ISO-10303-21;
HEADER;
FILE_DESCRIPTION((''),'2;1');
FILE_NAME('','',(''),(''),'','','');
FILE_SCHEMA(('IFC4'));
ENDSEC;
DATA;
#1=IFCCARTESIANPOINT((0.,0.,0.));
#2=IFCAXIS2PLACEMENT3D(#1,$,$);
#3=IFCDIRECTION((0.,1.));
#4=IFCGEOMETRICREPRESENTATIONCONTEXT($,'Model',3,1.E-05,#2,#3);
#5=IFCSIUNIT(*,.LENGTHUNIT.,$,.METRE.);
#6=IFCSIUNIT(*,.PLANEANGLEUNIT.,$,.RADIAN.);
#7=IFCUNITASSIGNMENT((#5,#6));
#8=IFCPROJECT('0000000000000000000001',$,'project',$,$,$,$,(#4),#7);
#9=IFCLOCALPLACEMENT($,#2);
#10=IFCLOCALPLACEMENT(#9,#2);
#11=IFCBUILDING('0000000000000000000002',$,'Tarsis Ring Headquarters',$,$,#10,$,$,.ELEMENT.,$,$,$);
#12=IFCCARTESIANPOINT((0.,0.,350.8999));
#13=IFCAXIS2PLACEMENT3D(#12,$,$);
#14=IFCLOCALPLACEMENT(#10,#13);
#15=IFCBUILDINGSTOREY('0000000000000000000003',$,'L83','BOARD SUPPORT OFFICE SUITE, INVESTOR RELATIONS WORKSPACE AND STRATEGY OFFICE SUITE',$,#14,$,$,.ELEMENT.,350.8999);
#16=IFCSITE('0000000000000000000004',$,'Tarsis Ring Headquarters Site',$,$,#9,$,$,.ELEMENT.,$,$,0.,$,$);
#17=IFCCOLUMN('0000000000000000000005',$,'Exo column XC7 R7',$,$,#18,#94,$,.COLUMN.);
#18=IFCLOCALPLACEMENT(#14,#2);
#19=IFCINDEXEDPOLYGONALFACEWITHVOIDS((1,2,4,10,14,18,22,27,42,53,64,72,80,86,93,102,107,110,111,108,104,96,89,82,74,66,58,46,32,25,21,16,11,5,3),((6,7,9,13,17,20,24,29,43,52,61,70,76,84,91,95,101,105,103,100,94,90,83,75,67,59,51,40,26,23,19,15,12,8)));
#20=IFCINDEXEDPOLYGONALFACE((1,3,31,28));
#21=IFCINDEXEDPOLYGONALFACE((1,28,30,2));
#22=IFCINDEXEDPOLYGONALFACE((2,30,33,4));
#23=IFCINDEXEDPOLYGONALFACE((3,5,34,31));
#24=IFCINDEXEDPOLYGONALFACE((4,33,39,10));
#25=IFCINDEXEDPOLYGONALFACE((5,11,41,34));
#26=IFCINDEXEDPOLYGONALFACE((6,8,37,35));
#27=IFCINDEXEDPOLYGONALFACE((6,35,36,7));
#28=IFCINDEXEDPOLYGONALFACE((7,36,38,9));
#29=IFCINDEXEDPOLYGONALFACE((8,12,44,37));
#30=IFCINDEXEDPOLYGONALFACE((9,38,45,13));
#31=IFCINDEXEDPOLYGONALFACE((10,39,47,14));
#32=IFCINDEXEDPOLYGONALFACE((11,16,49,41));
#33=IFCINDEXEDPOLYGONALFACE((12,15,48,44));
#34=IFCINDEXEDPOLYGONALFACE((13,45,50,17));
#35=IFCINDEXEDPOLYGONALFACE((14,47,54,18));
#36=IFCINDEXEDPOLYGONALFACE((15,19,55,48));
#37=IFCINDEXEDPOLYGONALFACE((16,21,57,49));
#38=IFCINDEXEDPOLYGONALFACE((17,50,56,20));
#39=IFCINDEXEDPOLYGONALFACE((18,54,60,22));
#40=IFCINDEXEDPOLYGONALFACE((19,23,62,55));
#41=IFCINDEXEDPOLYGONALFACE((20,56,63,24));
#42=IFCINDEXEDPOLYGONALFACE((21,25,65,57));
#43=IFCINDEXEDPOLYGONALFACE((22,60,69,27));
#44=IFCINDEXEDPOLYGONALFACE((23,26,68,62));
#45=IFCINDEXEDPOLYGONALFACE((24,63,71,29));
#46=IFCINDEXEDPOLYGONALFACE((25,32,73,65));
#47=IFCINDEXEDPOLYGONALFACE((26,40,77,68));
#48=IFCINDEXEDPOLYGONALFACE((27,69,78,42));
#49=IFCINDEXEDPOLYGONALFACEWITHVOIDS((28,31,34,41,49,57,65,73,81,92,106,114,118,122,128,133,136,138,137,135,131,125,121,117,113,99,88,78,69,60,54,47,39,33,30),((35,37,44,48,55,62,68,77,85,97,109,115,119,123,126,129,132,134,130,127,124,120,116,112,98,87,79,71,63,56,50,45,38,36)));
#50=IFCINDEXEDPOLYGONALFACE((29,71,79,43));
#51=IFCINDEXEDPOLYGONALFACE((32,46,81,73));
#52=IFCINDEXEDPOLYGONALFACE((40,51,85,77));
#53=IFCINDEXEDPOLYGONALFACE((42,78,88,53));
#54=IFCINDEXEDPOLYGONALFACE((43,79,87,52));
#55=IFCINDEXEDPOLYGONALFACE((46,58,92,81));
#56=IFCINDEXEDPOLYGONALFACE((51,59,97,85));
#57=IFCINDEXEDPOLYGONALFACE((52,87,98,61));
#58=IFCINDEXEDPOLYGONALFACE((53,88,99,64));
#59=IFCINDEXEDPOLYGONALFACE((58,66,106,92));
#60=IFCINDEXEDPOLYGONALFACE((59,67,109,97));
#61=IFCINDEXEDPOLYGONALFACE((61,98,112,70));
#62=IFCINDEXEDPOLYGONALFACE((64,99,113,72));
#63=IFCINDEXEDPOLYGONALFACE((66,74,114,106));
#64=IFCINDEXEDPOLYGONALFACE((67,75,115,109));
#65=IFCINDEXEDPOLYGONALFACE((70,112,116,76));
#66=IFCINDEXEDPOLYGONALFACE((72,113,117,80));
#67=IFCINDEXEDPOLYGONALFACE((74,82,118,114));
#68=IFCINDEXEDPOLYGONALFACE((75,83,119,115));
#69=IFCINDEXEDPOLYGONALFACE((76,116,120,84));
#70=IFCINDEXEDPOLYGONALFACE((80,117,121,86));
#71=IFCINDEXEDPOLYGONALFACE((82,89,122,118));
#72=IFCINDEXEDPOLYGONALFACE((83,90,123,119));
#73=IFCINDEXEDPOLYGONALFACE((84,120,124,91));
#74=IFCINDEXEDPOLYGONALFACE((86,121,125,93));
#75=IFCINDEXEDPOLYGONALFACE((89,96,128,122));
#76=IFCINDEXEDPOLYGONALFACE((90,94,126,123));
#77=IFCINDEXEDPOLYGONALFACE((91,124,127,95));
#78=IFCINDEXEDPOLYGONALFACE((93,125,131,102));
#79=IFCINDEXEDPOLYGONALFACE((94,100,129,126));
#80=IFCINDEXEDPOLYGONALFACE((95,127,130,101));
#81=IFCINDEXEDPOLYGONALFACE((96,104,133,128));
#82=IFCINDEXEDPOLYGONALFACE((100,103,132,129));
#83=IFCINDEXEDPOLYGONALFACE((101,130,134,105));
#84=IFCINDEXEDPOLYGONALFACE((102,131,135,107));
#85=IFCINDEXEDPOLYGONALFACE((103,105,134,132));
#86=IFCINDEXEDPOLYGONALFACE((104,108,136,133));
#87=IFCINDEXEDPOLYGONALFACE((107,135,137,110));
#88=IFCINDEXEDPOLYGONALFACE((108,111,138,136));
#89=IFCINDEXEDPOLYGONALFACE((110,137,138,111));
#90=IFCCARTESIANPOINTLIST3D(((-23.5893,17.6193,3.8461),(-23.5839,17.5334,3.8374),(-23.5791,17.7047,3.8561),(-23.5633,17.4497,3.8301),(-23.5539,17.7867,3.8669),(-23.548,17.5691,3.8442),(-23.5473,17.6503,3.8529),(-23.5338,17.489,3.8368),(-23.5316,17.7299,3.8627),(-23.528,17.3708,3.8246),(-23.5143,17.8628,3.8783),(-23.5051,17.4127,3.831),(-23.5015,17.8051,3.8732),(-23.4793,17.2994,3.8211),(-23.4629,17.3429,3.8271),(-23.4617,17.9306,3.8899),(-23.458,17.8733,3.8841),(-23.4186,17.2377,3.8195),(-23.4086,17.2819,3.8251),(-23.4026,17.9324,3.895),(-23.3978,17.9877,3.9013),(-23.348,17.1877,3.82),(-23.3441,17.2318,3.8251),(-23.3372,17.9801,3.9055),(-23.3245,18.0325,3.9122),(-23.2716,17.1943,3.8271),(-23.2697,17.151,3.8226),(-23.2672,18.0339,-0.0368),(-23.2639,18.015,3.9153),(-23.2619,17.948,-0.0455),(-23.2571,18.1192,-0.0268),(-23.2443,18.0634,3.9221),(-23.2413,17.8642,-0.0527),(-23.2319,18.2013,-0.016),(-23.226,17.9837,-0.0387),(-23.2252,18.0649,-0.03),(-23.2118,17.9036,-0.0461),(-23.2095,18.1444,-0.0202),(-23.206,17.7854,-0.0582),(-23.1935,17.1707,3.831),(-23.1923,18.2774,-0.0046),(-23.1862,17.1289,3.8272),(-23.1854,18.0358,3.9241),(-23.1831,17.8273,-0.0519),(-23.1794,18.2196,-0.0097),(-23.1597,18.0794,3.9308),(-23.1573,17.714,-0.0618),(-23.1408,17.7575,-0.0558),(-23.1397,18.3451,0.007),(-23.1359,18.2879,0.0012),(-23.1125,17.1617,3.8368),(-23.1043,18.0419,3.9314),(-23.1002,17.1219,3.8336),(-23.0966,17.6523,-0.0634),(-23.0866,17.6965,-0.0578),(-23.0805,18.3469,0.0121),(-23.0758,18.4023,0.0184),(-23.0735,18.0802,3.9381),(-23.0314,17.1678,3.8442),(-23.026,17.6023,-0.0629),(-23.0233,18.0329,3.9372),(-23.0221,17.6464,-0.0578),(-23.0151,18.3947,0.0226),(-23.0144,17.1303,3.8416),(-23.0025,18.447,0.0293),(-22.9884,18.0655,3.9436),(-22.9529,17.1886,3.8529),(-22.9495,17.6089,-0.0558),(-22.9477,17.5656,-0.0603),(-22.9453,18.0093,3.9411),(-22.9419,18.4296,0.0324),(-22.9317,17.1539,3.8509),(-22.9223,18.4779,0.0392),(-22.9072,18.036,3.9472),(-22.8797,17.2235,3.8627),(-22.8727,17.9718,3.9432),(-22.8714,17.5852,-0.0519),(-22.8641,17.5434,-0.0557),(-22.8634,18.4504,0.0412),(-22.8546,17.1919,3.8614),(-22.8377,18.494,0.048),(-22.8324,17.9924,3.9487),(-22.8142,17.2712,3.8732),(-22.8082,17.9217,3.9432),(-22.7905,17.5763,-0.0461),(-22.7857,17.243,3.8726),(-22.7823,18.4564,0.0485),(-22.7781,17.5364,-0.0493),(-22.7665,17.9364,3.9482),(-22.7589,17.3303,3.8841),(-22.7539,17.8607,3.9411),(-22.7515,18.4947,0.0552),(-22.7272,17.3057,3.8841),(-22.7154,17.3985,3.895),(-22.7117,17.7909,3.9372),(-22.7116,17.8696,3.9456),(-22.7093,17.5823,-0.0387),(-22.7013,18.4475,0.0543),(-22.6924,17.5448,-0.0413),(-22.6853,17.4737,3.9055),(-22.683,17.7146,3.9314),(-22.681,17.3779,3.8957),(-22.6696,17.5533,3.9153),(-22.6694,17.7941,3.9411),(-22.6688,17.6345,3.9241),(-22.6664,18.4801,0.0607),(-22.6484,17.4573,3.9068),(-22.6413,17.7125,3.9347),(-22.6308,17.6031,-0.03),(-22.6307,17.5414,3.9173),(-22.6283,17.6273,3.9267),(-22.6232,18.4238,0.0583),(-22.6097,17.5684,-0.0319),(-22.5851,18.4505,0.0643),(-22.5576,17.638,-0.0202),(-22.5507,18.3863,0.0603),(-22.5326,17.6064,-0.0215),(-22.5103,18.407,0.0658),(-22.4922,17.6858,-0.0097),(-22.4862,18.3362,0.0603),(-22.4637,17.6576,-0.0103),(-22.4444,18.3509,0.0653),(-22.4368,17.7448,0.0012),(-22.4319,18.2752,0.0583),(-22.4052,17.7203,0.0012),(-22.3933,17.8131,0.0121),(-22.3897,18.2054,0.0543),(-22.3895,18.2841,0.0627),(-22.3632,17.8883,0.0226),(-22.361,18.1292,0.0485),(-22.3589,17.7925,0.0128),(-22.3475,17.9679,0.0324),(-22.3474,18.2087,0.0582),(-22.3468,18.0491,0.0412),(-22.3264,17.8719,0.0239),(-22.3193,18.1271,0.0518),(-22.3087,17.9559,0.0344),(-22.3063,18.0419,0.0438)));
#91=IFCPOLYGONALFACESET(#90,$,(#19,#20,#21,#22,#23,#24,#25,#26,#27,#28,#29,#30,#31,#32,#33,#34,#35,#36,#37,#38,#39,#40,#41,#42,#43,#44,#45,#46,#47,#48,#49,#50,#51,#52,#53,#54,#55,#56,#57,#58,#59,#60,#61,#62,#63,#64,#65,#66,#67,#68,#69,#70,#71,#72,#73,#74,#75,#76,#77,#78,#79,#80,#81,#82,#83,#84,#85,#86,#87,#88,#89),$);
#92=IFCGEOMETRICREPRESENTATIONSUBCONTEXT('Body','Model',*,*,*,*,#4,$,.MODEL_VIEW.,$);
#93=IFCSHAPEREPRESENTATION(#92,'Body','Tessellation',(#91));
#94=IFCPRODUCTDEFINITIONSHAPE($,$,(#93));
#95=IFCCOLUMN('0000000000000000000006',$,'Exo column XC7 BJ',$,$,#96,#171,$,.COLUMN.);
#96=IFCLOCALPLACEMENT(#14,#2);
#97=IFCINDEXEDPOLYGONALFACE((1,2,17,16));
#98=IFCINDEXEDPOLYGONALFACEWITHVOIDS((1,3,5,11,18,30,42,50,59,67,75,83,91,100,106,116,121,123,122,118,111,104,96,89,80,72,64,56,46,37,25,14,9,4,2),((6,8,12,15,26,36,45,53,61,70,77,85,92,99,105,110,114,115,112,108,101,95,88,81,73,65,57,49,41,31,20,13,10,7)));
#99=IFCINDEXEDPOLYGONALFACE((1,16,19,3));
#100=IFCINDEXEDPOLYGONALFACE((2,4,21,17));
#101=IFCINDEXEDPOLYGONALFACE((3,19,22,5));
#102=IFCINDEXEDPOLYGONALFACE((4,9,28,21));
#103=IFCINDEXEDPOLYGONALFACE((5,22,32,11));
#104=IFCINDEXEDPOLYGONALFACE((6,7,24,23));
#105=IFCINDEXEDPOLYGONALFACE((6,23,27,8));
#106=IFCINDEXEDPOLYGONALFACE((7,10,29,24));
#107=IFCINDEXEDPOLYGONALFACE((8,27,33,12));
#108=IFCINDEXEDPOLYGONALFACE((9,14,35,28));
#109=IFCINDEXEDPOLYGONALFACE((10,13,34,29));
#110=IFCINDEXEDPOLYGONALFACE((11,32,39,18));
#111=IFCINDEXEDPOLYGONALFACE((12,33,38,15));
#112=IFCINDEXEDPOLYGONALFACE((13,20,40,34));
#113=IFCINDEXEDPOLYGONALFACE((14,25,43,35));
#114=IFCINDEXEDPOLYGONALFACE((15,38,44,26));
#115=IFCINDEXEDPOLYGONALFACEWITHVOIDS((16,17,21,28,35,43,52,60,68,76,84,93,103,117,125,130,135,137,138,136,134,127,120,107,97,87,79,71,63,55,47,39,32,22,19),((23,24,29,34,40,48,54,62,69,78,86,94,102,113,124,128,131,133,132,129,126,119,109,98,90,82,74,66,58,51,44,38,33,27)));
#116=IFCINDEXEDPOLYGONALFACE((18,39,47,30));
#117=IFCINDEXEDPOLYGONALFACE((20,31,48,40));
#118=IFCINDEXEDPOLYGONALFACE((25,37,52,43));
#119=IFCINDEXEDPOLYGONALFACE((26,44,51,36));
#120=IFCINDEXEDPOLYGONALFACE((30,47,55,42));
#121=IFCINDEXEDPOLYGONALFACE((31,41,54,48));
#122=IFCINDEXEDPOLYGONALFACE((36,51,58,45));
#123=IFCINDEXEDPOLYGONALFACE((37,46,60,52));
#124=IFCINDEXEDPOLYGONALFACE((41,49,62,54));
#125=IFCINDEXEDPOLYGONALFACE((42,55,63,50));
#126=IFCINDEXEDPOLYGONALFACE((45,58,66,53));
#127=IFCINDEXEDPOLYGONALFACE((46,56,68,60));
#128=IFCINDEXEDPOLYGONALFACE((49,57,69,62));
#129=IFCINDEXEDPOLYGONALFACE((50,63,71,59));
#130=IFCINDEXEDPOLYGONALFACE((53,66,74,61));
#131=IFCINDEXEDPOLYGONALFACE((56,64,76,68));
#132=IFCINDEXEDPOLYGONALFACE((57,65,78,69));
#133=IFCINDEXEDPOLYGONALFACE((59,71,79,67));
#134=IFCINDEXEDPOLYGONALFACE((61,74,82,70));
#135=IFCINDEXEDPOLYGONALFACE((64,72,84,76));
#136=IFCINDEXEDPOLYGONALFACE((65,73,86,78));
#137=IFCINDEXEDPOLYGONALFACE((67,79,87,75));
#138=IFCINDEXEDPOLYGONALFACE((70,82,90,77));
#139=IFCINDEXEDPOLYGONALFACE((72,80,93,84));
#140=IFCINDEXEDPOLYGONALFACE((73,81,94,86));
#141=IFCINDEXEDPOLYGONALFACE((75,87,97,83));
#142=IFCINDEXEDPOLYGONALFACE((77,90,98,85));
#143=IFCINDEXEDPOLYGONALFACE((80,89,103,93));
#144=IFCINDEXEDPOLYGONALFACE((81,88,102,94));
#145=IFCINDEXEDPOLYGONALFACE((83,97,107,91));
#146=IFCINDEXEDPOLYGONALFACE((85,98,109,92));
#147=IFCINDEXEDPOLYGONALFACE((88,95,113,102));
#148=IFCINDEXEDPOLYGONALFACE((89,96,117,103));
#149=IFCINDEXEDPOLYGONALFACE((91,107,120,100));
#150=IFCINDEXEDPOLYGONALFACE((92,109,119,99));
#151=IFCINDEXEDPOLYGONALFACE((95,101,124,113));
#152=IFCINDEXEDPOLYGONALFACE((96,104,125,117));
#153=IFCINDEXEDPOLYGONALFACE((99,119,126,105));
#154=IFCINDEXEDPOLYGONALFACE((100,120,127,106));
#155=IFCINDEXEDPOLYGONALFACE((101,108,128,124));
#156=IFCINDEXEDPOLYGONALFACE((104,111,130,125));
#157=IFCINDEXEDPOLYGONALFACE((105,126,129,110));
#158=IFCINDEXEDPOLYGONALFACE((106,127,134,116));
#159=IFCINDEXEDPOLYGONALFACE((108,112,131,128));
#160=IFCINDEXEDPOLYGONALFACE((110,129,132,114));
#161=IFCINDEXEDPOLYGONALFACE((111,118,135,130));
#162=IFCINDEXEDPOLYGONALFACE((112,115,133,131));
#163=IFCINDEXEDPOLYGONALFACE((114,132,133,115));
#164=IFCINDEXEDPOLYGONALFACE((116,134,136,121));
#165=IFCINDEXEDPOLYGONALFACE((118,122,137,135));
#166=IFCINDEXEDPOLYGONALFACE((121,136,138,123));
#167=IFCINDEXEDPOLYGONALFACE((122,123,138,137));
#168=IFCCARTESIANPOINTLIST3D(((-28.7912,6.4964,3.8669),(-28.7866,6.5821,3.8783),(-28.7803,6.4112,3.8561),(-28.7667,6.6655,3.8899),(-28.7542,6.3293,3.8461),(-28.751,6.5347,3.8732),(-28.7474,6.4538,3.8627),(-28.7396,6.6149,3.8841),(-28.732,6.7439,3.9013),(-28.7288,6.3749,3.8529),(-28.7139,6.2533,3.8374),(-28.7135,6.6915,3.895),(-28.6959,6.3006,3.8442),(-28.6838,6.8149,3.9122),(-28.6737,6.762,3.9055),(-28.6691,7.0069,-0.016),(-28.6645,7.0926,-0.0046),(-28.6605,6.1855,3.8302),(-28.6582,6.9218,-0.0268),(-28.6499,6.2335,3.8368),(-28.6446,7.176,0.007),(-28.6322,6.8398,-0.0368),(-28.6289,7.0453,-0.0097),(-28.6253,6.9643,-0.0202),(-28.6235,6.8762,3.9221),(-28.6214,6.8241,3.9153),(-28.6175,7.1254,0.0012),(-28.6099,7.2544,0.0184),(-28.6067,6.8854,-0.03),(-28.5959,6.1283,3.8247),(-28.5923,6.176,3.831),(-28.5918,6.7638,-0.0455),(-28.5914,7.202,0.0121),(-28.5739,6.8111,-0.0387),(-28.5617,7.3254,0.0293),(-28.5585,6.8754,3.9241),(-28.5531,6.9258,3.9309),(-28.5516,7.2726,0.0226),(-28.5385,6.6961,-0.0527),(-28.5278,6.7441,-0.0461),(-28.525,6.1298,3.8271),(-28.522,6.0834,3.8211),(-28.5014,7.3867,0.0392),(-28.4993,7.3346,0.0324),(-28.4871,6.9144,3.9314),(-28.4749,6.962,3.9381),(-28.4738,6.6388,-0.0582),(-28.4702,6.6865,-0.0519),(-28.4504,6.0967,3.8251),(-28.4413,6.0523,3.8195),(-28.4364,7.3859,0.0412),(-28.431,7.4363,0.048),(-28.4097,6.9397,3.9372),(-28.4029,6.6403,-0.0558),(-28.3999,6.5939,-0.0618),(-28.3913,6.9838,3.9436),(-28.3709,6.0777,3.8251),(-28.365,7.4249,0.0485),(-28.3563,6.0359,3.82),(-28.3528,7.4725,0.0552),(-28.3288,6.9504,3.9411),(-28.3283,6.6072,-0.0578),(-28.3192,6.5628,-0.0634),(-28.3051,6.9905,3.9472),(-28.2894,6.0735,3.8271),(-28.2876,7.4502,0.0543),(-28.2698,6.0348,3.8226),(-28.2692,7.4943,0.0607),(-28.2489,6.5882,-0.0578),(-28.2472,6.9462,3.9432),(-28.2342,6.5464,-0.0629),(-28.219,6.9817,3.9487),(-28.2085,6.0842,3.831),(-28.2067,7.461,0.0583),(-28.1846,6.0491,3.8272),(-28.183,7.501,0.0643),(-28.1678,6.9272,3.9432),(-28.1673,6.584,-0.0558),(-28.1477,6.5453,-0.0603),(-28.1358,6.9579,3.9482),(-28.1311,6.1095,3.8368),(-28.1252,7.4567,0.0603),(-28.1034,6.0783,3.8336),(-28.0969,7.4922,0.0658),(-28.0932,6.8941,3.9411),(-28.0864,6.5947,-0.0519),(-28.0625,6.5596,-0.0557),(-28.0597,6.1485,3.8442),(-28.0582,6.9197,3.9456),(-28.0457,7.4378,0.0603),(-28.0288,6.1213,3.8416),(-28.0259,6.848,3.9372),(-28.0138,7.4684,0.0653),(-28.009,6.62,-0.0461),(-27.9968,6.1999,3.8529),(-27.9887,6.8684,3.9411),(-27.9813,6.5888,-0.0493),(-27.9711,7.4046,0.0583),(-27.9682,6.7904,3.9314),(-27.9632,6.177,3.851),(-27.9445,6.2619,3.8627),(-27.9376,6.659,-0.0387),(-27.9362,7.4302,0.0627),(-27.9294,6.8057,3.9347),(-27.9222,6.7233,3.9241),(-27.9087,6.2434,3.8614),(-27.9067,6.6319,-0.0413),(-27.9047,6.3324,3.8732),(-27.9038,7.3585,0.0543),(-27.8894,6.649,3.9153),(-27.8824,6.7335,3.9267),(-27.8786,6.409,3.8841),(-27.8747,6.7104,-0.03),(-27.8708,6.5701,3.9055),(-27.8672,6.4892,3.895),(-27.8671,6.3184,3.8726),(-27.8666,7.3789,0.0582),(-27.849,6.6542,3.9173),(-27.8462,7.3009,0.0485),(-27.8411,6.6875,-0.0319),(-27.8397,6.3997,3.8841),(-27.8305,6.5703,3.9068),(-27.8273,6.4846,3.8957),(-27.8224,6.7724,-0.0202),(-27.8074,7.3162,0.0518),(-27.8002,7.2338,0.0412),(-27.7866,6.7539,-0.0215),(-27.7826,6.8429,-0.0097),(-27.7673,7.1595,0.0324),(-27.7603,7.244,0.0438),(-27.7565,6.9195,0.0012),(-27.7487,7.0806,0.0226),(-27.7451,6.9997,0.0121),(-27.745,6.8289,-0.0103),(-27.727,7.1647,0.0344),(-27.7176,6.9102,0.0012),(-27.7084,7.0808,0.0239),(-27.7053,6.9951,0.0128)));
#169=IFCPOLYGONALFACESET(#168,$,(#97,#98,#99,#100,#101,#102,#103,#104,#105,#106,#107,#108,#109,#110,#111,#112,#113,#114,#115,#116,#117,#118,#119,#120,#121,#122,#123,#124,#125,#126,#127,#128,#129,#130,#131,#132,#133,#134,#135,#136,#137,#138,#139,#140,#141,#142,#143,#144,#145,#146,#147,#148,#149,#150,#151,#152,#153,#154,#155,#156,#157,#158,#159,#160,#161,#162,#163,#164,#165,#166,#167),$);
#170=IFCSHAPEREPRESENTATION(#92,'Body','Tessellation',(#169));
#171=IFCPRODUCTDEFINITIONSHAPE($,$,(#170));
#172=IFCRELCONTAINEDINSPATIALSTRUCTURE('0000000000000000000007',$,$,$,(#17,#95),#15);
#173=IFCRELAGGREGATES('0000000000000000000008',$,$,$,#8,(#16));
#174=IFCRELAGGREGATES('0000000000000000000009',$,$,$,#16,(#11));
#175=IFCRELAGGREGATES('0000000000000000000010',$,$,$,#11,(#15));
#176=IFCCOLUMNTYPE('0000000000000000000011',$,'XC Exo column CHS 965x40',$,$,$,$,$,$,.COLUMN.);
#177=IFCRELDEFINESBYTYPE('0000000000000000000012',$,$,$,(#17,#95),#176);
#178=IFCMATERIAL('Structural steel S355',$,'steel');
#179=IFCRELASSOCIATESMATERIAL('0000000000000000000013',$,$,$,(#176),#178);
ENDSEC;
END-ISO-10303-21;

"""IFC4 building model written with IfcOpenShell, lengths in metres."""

from ifc_helpers import new_model, si_unit, direction, frame, origin, origin_2d, place, context, subcontext, project, spatial, hollow_circle, extrude, material, material_profile, profile_set, type_object, element, save


model = new_model("IFC4")

# Units and contexts
model_context = context("Model", 3, precision=1e-05, world=origin(), true_north=direction((0.0, 1.0)))
body_context = subcontext(model_context, "Body", "Model", "MODEL_VIEW")
ifc_project = project(units=[si_unit("LENGTHUNIT", "METRE"), si_unit("PLANEANGLEUNIT", "RADIAN")], contexts=[model_context])

# Site, building, storey
site_placement = place(None, origin())
site = spatial("IfcSite", under=ifc_project, at=site_placement, Name="Tarsis Ring Headquarters Site", CompositionType="ELEMENT", RefElevation=0.0)
building_placement = place(site_placement, origin())
building = spatial("IfcBuilding", under=site, at=building_placement, Name="Tarsis Ring Headquarters", CompositionType="ELEMENT")
storey_placement = place(building_placement, frame((0.0, 0.0, 350.8999)))
storey = spatial("IfcBuildingStorey", under=building, at=storey_placement, Name="L83", Description="BOARD SUPPORT OFFICE SUITE, INVESTOR RELATIONS WORKSPACE AND STRATEGY OFFICE SUITE", CompositionType="ELEMENT", Elevation=350.8999)

# Columns
ifc_material_1 = material(Name="Structural steel S355", Category="steel")
ifc_material_profile_1 = material_profile(ifc_material_1, hollow_circle(Radius=0.4827, WallThickness=0.04, at=origin_2d()), Name="CHS 965x40")
ifc_profile_set_1 = profile_set([ifc_material_profile_1], Name="Structural steel S355")
column_type = type_object("IfcColumnType", Name="XC Exo column CHS 965x40", PredefinedType="COLUMN", material=ifc_profile_set_1)
for number, where, z_axis, x_axis, name in (
    (1, (-22.7864, 18.0164, 0.0012), (-0.082187, -0.105803, 0.990985), (0.789728, -0.613458, 0.0), "Exo column XC7 R7"),
    (2, (-28.187, 7.0225, 0.0012), (-0.031155, -0.130291, 0.990986), (0.972581, -0.232564, 0.0), "Exo column XC7 BJ"),
):
    element("IfcColumn", number, at=place(storey_placement, frame(where, z_axis=z_axis, x_axis=x_axis)), inside=storey, type_object=column_type, Name=name, PredefinedType="COLUMN", context=body_context, shape_type="SweptSolid", body=[
        extrude(hollow_circle(Radius=0.4827, WallThickness=0.04, at=origin_2d()), origin(), (0.0, 0.0, 1.0), 3.9182),
    ])

save(model, "model.ifc")
